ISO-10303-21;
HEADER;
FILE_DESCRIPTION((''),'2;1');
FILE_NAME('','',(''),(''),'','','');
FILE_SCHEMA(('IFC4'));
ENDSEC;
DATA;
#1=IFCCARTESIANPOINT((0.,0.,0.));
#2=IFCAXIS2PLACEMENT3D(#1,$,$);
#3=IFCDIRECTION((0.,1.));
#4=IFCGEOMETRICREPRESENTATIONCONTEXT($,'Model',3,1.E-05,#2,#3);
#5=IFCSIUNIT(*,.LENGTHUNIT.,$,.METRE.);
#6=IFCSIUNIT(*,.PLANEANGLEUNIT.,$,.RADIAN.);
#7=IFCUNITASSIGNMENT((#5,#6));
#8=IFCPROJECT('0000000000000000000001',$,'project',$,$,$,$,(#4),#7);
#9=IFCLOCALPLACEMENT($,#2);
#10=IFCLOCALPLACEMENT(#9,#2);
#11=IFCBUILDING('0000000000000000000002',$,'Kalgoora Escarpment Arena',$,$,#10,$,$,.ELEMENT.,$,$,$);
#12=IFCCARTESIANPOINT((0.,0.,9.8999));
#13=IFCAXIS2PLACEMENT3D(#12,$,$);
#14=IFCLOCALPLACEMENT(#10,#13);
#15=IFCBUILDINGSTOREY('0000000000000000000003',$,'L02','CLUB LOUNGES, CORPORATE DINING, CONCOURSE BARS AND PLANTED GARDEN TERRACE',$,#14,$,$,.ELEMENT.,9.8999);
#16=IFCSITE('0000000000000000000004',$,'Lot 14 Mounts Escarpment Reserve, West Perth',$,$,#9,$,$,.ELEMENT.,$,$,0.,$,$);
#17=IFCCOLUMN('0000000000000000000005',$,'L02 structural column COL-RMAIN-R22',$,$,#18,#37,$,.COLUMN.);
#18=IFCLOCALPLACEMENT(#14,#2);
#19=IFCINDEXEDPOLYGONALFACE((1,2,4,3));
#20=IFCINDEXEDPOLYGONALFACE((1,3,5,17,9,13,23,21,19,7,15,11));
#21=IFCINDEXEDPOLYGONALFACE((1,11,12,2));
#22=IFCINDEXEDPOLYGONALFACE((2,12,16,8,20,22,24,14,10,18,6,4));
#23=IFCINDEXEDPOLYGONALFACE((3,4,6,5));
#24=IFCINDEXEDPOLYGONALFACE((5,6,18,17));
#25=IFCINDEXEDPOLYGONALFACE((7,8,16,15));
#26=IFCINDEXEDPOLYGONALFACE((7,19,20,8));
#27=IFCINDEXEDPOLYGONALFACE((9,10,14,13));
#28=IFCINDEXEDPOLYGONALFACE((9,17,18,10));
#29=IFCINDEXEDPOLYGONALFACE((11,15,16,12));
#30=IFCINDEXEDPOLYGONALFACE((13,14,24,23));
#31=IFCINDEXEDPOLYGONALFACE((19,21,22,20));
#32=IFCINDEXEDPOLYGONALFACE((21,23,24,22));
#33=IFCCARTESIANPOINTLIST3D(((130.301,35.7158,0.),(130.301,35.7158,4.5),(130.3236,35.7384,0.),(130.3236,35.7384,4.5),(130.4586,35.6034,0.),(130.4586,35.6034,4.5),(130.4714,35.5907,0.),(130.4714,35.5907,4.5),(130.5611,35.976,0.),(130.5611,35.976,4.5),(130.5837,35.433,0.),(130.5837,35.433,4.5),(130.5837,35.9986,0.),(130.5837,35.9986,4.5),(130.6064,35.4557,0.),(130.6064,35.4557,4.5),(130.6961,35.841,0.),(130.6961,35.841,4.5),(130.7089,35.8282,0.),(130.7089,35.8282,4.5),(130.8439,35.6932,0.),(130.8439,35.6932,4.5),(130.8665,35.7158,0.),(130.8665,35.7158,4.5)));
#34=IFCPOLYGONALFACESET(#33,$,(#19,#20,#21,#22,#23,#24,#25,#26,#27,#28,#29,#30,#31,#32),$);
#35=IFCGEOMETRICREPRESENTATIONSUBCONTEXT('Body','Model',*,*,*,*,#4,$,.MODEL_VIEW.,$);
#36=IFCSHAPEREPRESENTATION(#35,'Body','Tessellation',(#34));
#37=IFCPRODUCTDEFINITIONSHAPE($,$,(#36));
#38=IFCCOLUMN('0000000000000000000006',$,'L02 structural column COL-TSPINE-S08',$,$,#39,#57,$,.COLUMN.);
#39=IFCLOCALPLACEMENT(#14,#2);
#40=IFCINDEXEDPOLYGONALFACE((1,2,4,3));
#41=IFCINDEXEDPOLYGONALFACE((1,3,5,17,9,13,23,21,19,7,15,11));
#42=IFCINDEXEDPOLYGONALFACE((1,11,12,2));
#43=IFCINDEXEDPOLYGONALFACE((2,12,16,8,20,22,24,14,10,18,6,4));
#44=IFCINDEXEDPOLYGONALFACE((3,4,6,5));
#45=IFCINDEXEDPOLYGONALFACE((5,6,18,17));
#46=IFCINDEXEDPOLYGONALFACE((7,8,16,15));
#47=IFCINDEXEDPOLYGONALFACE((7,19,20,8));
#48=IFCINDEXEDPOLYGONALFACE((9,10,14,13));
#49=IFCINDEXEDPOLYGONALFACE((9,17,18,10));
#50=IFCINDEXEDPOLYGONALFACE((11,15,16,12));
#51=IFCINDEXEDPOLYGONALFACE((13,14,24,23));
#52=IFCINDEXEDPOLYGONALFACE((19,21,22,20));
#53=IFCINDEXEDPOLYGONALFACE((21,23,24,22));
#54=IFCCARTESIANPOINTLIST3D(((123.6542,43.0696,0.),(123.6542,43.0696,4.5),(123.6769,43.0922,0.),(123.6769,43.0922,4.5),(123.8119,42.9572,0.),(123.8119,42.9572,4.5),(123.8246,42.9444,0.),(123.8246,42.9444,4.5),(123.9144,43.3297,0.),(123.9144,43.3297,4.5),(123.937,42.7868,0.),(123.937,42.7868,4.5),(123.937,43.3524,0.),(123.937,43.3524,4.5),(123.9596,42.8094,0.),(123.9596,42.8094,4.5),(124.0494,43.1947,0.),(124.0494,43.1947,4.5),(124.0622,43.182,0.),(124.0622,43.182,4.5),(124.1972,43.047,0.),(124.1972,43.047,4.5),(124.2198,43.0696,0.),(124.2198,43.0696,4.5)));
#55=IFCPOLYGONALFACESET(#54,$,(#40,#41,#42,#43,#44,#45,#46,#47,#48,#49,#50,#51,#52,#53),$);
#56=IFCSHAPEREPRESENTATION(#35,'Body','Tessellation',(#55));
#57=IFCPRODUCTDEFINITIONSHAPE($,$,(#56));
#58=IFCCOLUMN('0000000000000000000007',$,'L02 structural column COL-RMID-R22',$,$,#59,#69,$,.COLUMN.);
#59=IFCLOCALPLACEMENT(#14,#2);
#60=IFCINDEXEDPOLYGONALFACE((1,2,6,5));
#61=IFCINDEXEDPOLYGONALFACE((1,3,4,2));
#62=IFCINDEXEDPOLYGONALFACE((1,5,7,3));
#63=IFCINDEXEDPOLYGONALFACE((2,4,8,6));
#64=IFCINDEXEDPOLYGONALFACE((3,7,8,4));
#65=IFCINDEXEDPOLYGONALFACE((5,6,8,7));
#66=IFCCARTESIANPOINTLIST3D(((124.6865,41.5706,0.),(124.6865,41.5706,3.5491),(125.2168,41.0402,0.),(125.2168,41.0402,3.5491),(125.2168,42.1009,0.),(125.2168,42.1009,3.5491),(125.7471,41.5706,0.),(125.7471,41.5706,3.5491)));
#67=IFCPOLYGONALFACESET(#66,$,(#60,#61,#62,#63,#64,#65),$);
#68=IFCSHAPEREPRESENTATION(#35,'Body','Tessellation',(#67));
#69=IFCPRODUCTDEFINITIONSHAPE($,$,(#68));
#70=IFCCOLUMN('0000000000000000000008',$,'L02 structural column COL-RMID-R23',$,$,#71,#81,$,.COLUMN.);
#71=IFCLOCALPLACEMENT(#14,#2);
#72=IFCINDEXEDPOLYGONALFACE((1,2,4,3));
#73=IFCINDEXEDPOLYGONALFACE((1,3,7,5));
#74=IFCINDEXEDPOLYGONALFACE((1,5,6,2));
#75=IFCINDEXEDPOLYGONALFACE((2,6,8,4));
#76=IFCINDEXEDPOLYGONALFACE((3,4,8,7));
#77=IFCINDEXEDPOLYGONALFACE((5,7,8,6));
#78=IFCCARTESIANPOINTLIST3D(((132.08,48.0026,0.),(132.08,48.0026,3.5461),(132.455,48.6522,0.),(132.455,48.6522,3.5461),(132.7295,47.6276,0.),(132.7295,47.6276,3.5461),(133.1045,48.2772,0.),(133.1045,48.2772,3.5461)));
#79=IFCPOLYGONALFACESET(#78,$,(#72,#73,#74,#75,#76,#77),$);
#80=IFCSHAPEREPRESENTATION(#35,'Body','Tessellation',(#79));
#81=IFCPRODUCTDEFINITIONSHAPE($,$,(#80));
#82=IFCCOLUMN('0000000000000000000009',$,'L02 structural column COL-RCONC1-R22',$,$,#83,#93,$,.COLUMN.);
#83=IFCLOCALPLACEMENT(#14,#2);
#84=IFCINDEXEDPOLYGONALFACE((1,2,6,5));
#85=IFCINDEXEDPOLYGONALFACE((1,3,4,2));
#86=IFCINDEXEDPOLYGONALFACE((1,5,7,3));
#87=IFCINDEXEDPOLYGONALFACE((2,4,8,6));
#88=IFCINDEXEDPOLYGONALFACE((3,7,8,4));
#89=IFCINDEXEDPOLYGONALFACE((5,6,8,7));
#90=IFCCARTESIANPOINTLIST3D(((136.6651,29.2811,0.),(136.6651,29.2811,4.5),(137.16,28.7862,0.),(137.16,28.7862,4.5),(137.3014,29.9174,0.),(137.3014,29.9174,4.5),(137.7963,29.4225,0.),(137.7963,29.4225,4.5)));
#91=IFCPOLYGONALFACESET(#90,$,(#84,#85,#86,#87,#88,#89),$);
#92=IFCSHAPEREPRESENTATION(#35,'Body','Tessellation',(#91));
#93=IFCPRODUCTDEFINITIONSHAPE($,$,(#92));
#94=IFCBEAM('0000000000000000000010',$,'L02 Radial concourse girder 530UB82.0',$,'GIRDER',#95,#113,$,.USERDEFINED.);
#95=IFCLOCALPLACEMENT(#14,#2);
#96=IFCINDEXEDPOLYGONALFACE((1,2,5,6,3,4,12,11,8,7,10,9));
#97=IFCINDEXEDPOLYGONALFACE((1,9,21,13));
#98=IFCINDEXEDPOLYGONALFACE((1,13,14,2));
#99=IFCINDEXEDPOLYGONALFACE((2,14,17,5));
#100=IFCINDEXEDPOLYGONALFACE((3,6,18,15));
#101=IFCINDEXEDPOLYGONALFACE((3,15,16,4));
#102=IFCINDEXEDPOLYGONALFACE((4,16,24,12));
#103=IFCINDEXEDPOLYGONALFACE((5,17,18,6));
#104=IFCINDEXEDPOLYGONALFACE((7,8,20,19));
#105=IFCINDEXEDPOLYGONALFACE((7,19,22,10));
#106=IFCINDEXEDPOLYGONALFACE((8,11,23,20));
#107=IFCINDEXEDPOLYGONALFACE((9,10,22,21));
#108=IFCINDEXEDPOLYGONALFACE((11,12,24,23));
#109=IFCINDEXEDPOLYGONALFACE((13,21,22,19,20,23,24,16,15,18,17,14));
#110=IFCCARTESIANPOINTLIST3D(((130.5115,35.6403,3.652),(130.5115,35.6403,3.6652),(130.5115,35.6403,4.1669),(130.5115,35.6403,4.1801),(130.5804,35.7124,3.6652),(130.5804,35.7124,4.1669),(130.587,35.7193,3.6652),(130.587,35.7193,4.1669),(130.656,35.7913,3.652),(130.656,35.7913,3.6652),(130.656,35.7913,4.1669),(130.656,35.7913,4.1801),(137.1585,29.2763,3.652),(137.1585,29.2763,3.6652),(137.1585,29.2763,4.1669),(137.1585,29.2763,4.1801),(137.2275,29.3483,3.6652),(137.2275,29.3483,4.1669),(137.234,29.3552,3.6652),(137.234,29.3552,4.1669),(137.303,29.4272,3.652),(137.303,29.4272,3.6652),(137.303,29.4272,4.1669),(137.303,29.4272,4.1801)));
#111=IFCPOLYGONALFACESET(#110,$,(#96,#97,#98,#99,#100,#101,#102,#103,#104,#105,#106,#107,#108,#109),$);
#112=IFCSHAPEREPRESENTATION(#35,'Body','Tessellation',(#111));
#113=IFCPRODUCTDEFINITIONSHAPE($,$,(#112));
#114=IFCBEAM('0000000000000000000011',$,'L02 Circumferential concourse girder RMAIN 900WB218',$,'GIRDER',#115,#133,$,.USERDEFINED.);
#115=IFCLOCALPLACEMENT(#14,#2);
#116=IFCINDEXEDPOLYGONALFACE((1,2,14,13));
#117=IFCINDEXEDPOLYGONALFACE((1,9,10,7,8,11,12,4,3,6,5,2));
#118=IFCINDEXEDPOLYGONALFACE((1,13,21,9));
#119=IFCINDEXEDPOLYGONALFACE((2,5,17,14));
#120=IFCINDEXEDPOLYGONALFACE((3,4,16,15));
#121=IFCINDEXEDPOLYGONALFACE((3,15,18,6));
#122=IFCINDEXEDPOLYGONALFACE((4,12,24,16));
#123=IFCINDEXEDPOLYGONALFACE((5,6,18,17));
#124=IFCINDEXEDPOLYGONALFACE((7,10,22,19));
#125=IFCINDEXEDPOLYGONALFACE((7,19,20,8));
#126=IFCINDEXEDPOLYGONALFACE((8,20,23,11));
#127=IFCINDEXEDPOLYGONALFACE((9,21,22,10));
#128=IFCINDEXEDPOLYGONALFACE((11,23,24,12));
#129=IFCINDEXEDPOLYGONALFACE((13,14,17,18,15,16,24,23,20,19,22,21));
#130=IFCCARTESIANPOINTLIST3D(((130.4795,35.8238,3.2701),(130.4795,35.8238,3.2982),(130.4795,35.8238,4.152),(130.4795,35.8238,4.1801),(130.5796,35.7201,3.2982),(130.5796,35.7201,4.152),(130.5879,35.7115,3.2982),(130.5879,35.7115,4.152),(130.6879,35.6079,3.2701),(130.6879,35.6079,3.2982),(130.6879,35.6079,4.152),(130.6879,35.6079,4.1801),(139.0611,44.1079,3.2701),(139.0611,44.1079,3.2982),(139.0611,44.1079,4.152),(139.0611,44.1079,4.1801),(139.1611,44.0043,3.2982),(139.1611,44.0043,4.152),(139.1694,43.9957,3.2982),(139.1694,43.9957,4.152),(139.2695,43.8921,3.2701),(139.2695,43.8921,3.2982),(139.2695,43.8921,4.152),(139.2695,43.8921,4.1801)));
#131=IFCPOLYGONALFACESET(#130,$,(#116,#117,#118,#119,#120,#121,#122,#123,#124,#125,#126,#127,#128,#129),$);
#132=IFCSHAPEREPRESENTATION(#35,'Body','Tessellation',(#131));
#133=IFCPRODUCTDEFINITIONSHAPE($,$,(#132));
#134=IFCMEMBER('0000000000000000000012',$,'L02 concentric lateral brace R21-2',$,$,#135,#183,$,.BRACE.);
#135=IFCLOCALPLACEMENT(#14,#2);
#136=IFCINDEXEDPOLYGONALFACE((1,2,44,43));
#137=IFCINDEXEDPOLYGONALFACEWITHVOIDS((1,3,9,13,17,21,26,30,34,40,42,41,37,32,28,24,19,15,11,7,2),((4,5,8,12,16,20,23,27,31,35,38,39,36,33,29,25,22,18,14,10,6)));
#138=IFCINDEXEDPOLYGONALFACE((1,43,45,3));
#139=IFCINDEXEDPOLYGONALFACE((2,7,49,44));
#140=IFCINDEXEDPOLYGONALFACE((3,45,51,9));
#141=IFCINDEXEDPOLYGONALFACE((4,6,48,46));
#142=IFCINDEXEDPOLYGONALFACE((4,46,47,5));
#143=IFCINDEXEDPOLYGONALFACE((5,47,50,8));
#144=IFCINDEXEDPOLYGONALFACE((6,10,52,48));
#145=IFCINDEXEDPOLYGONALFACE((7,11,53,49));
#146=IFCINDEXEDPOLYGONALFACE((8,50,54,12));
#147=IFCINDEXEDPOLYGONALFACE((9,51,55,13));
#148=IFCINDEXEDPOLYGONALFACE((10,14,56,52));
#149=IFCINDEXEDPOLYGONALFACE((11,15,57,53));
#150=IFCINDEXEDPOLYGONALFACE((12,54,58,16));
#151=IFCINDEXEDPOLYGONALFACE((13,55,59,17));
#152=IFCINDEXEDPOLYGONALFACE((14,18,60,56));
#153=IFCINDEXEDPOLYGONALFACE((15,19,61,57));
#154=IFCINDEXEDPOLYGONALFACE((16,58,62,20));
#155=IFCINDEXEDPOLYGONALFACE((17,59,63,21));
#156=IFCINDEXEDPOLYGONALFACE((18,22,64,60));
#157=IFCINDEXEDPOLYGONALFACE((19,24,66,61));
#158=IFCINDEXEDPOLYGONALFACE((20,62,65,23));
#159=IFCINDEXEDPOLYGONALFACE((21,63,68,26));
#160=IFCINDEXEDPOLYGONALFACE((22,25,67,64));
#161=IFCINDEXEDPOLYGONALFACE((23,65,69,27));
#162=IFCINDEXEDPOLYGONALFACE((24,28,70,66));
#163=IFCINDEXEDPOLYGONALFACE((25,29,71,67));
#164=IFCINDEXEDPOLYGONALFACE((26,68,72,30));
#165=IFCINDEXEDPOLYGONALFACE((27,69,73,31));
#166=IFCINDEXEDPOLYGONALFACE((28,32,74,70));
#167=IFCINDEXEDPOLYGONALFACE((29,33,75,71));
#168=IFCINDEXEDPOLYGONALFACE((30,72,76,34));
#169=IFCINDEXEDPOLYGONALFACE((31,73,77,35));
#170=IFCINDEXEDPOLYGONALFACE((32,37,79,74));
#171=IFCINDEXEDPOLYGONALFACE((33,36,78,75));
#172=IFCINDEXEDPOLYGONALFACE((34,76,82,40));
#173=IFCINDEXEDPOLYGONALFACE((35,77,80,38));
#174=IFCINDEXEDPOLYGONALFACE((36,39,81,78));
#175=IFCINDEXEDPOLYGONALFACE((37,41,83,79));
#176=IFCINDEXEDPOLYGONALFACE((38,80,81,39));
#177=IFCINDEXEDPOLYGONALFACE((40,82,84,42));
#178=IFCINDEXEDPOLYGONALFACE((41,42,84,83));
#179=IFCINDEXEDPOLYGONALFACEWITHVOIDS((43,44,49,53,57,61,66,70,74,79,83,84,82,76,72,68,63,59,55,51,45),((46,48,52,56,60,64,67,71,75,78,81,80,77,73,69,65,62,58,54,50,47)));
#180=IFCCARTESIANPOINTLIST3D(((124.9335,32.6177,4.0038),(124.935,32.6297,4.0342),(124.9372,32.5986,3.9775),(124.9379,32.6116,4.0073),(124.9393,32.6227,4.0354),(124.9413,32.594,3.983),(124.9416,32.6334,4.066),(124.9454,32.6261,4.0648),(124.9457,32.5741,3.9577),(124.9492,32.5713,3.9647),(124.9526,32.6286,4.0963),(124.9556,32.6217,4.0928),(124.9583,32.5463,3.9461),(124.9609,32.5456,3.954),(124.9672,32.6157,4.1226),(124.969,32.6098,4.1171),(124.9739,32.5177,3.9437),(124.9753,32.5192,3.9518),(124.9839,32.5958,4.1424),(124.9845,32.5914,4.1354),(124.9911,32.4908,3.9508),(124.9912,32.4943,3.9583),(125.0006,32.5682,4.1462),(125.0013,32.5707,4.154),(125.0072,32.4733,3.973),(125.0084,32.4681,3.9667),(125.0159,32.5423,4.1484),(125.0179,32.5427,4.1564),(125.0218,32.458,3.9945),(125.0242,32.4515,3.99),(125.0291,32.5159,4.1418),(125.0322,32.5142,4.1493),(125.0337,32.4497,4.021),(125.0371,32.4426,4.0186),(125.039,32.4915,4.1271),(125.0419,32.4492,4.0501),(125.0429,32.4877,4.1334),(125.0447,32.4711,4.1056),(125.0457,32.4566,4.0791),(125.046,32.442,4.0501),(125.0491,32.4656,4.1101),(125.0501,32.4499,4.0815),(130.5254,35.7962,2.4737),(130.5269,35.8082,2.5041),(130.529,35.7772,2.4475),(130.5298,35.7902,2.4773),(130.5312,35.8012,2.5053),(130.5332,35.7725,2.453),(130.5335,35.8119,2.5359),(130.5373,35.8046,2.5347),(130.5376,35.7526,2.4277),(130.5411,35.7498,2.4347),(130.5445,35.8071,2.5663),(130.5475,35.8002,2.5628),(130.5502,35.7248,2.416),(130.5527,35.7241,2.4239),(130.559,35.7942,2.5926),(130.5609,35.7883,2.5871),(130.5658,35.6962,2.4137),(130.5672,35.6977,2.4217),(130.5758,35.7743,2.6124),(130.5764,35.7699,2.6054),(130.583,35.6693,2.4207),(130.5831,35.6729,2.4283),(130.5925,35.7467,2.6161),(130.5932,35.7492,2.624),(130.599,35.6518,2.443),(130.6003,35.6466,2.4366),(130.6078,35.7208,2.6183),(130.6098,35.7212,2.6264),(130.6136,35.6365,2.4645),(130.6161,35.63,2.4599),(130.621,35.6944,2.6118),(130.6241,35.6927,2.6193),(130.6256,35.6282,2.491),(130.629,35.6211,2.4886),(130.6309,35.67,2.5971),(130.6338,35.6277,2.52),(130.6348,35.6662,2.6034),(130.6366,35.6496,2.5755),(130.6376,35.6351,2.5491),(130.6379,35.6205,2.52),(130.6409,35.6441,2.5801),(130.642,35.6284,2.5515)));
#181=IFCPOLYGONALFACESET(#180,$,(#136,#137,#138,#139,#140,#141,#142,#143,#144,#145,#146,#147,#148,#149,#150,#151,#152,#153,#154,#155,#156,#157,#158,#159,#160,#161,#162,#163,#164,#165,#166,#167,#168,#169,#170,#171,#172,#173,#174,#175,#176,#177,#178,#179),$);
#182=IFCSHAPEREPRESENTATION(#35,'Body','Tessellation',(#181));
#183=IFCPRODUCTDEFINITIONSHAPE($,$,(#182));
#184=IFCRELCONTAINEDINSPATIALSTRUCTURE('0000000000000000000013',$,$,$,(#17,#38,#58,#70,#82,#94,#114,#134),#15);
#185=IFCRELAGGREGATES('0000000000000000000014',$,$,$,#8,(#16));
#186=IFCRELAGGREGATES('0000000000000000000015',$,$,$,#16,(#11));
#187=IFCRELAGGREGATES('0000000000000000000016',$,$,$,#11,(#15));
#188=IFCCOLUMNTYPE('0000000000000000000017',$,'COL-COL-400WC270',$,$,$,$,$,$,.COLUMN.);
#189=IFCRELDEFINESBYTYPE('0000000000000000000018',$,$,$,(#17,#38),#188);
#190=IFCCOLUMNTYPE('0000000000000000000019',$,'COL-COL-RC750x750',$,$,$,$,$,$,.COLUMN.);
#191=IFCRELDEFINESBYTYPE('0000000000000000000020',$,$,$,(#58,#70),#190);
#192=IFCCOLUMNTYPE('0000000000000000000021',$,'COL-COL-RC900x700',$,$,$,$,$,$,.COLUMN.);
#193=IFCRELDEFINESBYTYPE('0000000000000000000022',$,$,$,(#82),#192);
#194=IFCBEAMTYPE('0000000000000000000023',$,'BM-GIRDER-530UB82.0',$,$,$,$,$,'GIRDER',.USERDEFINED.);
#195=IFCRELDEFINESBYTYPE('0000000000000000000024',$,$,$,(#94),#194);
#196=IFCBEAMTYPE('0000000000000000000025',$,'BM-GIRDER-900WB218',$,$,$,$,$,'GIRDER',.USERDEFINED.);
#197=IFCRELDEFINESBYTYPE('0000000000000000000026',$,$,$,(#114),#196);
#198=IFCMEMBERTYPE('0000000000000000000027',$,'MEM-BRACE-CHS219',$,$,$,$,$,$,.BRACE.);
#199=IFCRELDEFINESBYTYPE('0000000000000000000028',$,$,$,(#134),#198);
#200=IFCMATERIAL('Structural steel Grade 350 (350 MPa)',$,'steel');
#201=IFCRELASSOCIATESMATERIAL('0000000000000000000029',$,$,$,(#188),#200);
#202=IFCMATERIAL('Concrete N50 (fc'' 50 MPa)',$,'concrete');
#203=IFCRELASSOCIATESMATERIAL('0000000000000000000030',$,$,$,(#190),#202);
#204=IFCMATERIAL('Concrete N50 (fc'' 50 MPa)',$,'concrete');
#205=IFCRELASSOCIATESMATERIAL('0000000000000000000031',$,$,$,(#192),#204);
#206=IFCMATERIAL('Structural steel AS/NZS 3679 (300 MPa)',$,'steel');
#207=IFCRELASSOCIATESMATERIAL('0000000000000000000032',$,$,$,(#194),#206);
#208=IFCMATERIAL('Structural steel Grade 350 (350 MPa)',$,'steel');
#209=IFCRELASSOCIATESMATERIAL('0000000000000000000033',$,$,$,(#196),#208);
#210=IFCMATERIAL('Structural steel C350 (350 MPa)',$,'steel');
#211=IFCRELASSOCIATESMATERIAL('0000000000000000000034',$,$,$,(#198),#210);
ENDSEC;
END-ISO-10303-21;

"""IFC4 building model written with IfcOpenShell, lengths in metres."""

from ifc_helpers import new_model, si_unit, direction, frame, origin, origin_2d, place, context, subcontext, project, spatial, rectangle, hollow_circle, i_section, extrude, material, material_profile, profile_set, type_object, element, save


model = new_model("IFC4")

# Units and contexts
model_context = context("Model", 3, precision=1e-05, world=origin(), true_north=direction((0.0, 1.0)))
body_context = subcontext(model_context, "Body", "Model", "MODEL_VIEW")
ifc_project = project(units=[si_unit("LENGTHUNIT", "METRE"), si_unit("PLANEANGLEUNIT", "RADIAN")], contexts=[model_context])

# Site, building, storey
site_placement = place(None, origin())
site = spatial("IfcSite", under=ifc_project, at=site_placement, Name="Lot 14 Mounts Escarpment Reserve, West Perth", CompositionType="ELEMENT", RefElevation=0.0)
building_placement = place(site_placement, origin())
building = spatial("IfcBuilding", under=site, at=building_placement, Name="Kalgoora Escarpment Arena", CompositionType="ELEMENT")
storey_placement = place(building_placement, frame((0.0, 0.0, 9.8999)))
storey = spatial("IfcBuildingStorey", under=building, at=storey_placement, Name="L02", Description="CLUB LOUNGES, CORPORATE DINING, CONCOURSE BARS AND PLANTED GARDEN TERRACE", CompositionType="ELEMENT", Elevation=9.8999)

# Columns
ifc_material_1 = material(Name="Structural steel Grade 350 (350 MPa)", Category="steel")
ifc_material_profile_1 = material_profile(ifc_material_1, i_section(OverallWidth=0.3999, OverallDepth=0.3999, WebThickness=0.0181, FlangeThickness=0.032, at=origin_2d()))
ifc_profile_set_1 = profile_set([ifc_material_profile_1], Name="Structural steel Grade 350 (350 MPa)")
column_type_1 = type_object("IfcColumnType", Name="COL-COL-400WC270", PredefinedType="COLUMN", material=ifc_profile_set_1)
for number, where, z_axis, x_axis, name in (
    (1, (130.5837, 35.7158, 0.0), (0.0, 0.0, 1.0), (0.707107, -0.707107, 0.0), "L02 structural column COL-RMAIN-R22"),
    (2, (123.937, 43.0696, 0.0), (0.0, 0.0, 1.0), (0.707107, -0.707107, 0.0), "L02 structural column COL-TSPINE-S08"),
):
    element("IfcColumn", number, at=place(storey_placement, frame(where, z_axis=z_axis, x_axis=x_axis)), inside=storey, type_object=column_type_1, Name=name, PredefinedType="COLUMN", context=body_context, shape_type="SweptSolid", body=[
        extrude(i_section(OverallWidth=0.3999, OverallDepth=0.3999, WebThickness=0.0181, FlangeThickness=0.032, at=origin_2d()), origin(), (0.0, 0.0, 1.0), 4.5),
    ])
ifc_material_2 = material(Name="Concrete N50 (fc' 50 MPa)", Category="concrete")
ifc_material_profile_2 = material_profile(ifc_material_2, rectangle(XDim=0.75, YDim=0.75, at=origin_2d()))
ifc_profile_set_2 = profile_set([ifc_material_profile_2], Name="Concrete N50 (fc' 50 MPa)")
column_type_2 = type_object("IfcColumnType", Name="COL-COL-RC750x750", PredefinedType="COLUMN", material=ifc_profile_set_2)
column_1_placement = place(storey_placement, frame((125.2168, 41.5706, 0.0), z_axis=(0.0, 0.0, 1.0), x_axis=(0.707107, -0.707107, 0.0)))
element("IfcColumn", 3, at=column_1_placement, inside=storey, type_object=column_type_2, Name="L02 structural column COL-RMID-R22", PredefinedType="COLUMN", context=body_context, shape_type="SweptSolid", body=[
    extrude(rectangle(XDim=0.75, YDim=0.75, at=origin_2d()), origin(), (0.0, 0.0, 1.0), 3.5491),
])
column_2_placement = place(storey_placement, frame((132.5923, 48.1399, 0.0), z_axis=(0.0, 0.0, 1.0), x_axis=(0.866025, -0.5, 0.0)))
element("IfcColumn", 4, at=column_2_placement, inside=storey, type_object=column_type_2, Name="L02 structural column COL-RMID-R23", PredefinedType="COLUMN", context=body_context, shape_type="SweptSolid", body=[
    extrude(rectangle(XDim=0.75, YDim=0.75, at=origin_2d()), origin(), (0.0, 0.0, 1.0), 3.5461),
])
ifc_material_3 = material(Name="Concrete N50 (fc' 50 MPa)", Category="concrete")
ifc_material_profile_3 = material_profile(ifc_material_3, rectangle(XDim=0.7, YDim=0.8999, at=origin_2d()))
ifc_profile_set_3 = profile_set([ifc_material_profile_3], Name="Concrete N50 (fc' 50 MPa)")
column_type_3 = type_object("IfcColumnType", Name="COL-COL-RC900x700", PredefinedType="COLUMN", material=ifc_profile_set_3)
column_3_placement = place(storey_placement, frame((137.2307, 29.3518, 0.0), z_axis=(0.0, 0.0, 1.0), x_axis=(0.707107, -0.707107, 0.0)))
element("IfcColumn", 5, at=column_3_placement, inside=storey, type_object=column_type_3, Name="L02 structural column COL-RCONC1-R22", PredefinedType="COLUMN", context=body_context, shape_type="SweptSolid", body=[
    extrude(rectangle(XDim=0.7, YDim=0.8999, at=origin_2d()), origin(), (0.0, 0.0, 1.0), 4.5),
])

# Beams
ifc_material_4 = material(Name="Structural steel AS/NZS 3679 (300 MPa)", Category="steel")
ifc_material_profile_4 = material_profile(ifc_material_4, i_section(OverallWidth=0.209, OverallDepth=0.5281, WebThickness=0.0095, FlangeThickness=0.0132, at=origin_2d()))
ifc_profile_set_4 = profile_set([ifc_material_profile_4], Name="Structural steel AS/NZS 3679 (300 MPa)")
beam_type_1 = type_object("IfcBeamType", Name="BM-GIRDER-530UB82.0", ElementType="GIRDER", PredefinedType="USERDEFINED", material=ifc_profile_set_4)
beam_1_placement = place(storey_placement, frame((130.5837, 35.7158, 3.916), z_axis=(0.722314, -0.691565, 0.0), x_axis=(0.691565, 0.722314, 0.0)))
element("IfcBeam", 6, at=beam_1_placement, inside=storey, type_object=beam_type_1, Name="L02 Radial concourse girder 530UB82.0", ObjectType="GIRDER", PredefinedType="USERDEFINED", context=body_context, shape_type="SweptSolid", body=[
    extrude(i_section(OverallWidth=0.209, OverallDepth=0.5281, WebThickness=0.0095, FlangeThickness=0.0132, at=origin_2d()), origin(), (0.0, 0.0, 1.0), 9.2024),
])
ifc_material_5 = material(Name="Structural steel Grade 350 (350 MPa)", Category="steel")
ifc_material_profile_5 = material_profile(ifc_material_5, i_section(OverallWidth=0.3, OverallDepth=0.9099, WebThickness=0.012, FlangeThickness=0.0281, at=origin_2d()))
ifc_profile_set_5 = profile_set([ifc_material_profile_5], Name="Structural steel Grade 350 (350 MPa)")
beam_type_2 = type_object("IfcBeamType", Name="BM-GIRDER-900WB218", ElementType="GIRDER", PredefinedType="USERDEFINED", material=ifc_profile_set_5)
beam_2_placement = place(storey_placement, frame((130.5837, 35.7158, 3.7251), z_axis=(0.719462, 0.694532, 0.0), x_axis=(-0.694532, 0.719462, 0.0)))
element("IfcBeam", 7, at=beam_2_placement, inside=storey, type_object=beam_type_2, Name="L02 Circumferential concourse girder RMAIN 900WB218", ObjectType="GIRDER", PredefinedType="USERDEFINED", context=body_context, shape_type="SweptSolid", body=[
    extrude(i_section(OverallWidth=0.3, OverallDepth=0.9099, WebThickness=0.012, FlangeThickness=0.0281, at=origin_2d()), origin(), (0.0, 0.0, 1.0), 11.9277),
])

# Member
ifc_material_6 = material(Name="Structural steel C350 (350 MPa)", Category="steel")
ifc_material_profile_6 = material_profile(ifc_material_6, hollow_circle(Radius=0.1096, WallThickness=0.0083, at=origin_2d()))
ifc_profile_set_6 = profile_set([ifc_material_profile_6], Name="Structural steel C350 (350 MPa)")
member_type_1 = type_object("IfcMemberType", Name="MEM-BRACE-CHS219", PredefinedType="BRACE", material=ifc_profile_set_6)
member_1_placement = place(storey_placement, frame((130.5837, 35.7158, 2.52), z_axis=(-0.845769, -0.480749, 0.23142), x_axis=(0.494163, -0.869369, 0.0)))
element("IfcMember", 8, at=member_1_placement, inside=storey, type_object=member_type_1, Name="L02 concentric lateral brace R21-2", PredefinedType="BRACE", context=body_context, shape_type="SweptSolid", body=[
    extrude(hollow_circle(Radius=0.1096, WallThickness=0.0083, at=origin_2d()), origin(), (0.0, 0.0, 1.0), 6.6116),
])

save(model, "model.ifc")
